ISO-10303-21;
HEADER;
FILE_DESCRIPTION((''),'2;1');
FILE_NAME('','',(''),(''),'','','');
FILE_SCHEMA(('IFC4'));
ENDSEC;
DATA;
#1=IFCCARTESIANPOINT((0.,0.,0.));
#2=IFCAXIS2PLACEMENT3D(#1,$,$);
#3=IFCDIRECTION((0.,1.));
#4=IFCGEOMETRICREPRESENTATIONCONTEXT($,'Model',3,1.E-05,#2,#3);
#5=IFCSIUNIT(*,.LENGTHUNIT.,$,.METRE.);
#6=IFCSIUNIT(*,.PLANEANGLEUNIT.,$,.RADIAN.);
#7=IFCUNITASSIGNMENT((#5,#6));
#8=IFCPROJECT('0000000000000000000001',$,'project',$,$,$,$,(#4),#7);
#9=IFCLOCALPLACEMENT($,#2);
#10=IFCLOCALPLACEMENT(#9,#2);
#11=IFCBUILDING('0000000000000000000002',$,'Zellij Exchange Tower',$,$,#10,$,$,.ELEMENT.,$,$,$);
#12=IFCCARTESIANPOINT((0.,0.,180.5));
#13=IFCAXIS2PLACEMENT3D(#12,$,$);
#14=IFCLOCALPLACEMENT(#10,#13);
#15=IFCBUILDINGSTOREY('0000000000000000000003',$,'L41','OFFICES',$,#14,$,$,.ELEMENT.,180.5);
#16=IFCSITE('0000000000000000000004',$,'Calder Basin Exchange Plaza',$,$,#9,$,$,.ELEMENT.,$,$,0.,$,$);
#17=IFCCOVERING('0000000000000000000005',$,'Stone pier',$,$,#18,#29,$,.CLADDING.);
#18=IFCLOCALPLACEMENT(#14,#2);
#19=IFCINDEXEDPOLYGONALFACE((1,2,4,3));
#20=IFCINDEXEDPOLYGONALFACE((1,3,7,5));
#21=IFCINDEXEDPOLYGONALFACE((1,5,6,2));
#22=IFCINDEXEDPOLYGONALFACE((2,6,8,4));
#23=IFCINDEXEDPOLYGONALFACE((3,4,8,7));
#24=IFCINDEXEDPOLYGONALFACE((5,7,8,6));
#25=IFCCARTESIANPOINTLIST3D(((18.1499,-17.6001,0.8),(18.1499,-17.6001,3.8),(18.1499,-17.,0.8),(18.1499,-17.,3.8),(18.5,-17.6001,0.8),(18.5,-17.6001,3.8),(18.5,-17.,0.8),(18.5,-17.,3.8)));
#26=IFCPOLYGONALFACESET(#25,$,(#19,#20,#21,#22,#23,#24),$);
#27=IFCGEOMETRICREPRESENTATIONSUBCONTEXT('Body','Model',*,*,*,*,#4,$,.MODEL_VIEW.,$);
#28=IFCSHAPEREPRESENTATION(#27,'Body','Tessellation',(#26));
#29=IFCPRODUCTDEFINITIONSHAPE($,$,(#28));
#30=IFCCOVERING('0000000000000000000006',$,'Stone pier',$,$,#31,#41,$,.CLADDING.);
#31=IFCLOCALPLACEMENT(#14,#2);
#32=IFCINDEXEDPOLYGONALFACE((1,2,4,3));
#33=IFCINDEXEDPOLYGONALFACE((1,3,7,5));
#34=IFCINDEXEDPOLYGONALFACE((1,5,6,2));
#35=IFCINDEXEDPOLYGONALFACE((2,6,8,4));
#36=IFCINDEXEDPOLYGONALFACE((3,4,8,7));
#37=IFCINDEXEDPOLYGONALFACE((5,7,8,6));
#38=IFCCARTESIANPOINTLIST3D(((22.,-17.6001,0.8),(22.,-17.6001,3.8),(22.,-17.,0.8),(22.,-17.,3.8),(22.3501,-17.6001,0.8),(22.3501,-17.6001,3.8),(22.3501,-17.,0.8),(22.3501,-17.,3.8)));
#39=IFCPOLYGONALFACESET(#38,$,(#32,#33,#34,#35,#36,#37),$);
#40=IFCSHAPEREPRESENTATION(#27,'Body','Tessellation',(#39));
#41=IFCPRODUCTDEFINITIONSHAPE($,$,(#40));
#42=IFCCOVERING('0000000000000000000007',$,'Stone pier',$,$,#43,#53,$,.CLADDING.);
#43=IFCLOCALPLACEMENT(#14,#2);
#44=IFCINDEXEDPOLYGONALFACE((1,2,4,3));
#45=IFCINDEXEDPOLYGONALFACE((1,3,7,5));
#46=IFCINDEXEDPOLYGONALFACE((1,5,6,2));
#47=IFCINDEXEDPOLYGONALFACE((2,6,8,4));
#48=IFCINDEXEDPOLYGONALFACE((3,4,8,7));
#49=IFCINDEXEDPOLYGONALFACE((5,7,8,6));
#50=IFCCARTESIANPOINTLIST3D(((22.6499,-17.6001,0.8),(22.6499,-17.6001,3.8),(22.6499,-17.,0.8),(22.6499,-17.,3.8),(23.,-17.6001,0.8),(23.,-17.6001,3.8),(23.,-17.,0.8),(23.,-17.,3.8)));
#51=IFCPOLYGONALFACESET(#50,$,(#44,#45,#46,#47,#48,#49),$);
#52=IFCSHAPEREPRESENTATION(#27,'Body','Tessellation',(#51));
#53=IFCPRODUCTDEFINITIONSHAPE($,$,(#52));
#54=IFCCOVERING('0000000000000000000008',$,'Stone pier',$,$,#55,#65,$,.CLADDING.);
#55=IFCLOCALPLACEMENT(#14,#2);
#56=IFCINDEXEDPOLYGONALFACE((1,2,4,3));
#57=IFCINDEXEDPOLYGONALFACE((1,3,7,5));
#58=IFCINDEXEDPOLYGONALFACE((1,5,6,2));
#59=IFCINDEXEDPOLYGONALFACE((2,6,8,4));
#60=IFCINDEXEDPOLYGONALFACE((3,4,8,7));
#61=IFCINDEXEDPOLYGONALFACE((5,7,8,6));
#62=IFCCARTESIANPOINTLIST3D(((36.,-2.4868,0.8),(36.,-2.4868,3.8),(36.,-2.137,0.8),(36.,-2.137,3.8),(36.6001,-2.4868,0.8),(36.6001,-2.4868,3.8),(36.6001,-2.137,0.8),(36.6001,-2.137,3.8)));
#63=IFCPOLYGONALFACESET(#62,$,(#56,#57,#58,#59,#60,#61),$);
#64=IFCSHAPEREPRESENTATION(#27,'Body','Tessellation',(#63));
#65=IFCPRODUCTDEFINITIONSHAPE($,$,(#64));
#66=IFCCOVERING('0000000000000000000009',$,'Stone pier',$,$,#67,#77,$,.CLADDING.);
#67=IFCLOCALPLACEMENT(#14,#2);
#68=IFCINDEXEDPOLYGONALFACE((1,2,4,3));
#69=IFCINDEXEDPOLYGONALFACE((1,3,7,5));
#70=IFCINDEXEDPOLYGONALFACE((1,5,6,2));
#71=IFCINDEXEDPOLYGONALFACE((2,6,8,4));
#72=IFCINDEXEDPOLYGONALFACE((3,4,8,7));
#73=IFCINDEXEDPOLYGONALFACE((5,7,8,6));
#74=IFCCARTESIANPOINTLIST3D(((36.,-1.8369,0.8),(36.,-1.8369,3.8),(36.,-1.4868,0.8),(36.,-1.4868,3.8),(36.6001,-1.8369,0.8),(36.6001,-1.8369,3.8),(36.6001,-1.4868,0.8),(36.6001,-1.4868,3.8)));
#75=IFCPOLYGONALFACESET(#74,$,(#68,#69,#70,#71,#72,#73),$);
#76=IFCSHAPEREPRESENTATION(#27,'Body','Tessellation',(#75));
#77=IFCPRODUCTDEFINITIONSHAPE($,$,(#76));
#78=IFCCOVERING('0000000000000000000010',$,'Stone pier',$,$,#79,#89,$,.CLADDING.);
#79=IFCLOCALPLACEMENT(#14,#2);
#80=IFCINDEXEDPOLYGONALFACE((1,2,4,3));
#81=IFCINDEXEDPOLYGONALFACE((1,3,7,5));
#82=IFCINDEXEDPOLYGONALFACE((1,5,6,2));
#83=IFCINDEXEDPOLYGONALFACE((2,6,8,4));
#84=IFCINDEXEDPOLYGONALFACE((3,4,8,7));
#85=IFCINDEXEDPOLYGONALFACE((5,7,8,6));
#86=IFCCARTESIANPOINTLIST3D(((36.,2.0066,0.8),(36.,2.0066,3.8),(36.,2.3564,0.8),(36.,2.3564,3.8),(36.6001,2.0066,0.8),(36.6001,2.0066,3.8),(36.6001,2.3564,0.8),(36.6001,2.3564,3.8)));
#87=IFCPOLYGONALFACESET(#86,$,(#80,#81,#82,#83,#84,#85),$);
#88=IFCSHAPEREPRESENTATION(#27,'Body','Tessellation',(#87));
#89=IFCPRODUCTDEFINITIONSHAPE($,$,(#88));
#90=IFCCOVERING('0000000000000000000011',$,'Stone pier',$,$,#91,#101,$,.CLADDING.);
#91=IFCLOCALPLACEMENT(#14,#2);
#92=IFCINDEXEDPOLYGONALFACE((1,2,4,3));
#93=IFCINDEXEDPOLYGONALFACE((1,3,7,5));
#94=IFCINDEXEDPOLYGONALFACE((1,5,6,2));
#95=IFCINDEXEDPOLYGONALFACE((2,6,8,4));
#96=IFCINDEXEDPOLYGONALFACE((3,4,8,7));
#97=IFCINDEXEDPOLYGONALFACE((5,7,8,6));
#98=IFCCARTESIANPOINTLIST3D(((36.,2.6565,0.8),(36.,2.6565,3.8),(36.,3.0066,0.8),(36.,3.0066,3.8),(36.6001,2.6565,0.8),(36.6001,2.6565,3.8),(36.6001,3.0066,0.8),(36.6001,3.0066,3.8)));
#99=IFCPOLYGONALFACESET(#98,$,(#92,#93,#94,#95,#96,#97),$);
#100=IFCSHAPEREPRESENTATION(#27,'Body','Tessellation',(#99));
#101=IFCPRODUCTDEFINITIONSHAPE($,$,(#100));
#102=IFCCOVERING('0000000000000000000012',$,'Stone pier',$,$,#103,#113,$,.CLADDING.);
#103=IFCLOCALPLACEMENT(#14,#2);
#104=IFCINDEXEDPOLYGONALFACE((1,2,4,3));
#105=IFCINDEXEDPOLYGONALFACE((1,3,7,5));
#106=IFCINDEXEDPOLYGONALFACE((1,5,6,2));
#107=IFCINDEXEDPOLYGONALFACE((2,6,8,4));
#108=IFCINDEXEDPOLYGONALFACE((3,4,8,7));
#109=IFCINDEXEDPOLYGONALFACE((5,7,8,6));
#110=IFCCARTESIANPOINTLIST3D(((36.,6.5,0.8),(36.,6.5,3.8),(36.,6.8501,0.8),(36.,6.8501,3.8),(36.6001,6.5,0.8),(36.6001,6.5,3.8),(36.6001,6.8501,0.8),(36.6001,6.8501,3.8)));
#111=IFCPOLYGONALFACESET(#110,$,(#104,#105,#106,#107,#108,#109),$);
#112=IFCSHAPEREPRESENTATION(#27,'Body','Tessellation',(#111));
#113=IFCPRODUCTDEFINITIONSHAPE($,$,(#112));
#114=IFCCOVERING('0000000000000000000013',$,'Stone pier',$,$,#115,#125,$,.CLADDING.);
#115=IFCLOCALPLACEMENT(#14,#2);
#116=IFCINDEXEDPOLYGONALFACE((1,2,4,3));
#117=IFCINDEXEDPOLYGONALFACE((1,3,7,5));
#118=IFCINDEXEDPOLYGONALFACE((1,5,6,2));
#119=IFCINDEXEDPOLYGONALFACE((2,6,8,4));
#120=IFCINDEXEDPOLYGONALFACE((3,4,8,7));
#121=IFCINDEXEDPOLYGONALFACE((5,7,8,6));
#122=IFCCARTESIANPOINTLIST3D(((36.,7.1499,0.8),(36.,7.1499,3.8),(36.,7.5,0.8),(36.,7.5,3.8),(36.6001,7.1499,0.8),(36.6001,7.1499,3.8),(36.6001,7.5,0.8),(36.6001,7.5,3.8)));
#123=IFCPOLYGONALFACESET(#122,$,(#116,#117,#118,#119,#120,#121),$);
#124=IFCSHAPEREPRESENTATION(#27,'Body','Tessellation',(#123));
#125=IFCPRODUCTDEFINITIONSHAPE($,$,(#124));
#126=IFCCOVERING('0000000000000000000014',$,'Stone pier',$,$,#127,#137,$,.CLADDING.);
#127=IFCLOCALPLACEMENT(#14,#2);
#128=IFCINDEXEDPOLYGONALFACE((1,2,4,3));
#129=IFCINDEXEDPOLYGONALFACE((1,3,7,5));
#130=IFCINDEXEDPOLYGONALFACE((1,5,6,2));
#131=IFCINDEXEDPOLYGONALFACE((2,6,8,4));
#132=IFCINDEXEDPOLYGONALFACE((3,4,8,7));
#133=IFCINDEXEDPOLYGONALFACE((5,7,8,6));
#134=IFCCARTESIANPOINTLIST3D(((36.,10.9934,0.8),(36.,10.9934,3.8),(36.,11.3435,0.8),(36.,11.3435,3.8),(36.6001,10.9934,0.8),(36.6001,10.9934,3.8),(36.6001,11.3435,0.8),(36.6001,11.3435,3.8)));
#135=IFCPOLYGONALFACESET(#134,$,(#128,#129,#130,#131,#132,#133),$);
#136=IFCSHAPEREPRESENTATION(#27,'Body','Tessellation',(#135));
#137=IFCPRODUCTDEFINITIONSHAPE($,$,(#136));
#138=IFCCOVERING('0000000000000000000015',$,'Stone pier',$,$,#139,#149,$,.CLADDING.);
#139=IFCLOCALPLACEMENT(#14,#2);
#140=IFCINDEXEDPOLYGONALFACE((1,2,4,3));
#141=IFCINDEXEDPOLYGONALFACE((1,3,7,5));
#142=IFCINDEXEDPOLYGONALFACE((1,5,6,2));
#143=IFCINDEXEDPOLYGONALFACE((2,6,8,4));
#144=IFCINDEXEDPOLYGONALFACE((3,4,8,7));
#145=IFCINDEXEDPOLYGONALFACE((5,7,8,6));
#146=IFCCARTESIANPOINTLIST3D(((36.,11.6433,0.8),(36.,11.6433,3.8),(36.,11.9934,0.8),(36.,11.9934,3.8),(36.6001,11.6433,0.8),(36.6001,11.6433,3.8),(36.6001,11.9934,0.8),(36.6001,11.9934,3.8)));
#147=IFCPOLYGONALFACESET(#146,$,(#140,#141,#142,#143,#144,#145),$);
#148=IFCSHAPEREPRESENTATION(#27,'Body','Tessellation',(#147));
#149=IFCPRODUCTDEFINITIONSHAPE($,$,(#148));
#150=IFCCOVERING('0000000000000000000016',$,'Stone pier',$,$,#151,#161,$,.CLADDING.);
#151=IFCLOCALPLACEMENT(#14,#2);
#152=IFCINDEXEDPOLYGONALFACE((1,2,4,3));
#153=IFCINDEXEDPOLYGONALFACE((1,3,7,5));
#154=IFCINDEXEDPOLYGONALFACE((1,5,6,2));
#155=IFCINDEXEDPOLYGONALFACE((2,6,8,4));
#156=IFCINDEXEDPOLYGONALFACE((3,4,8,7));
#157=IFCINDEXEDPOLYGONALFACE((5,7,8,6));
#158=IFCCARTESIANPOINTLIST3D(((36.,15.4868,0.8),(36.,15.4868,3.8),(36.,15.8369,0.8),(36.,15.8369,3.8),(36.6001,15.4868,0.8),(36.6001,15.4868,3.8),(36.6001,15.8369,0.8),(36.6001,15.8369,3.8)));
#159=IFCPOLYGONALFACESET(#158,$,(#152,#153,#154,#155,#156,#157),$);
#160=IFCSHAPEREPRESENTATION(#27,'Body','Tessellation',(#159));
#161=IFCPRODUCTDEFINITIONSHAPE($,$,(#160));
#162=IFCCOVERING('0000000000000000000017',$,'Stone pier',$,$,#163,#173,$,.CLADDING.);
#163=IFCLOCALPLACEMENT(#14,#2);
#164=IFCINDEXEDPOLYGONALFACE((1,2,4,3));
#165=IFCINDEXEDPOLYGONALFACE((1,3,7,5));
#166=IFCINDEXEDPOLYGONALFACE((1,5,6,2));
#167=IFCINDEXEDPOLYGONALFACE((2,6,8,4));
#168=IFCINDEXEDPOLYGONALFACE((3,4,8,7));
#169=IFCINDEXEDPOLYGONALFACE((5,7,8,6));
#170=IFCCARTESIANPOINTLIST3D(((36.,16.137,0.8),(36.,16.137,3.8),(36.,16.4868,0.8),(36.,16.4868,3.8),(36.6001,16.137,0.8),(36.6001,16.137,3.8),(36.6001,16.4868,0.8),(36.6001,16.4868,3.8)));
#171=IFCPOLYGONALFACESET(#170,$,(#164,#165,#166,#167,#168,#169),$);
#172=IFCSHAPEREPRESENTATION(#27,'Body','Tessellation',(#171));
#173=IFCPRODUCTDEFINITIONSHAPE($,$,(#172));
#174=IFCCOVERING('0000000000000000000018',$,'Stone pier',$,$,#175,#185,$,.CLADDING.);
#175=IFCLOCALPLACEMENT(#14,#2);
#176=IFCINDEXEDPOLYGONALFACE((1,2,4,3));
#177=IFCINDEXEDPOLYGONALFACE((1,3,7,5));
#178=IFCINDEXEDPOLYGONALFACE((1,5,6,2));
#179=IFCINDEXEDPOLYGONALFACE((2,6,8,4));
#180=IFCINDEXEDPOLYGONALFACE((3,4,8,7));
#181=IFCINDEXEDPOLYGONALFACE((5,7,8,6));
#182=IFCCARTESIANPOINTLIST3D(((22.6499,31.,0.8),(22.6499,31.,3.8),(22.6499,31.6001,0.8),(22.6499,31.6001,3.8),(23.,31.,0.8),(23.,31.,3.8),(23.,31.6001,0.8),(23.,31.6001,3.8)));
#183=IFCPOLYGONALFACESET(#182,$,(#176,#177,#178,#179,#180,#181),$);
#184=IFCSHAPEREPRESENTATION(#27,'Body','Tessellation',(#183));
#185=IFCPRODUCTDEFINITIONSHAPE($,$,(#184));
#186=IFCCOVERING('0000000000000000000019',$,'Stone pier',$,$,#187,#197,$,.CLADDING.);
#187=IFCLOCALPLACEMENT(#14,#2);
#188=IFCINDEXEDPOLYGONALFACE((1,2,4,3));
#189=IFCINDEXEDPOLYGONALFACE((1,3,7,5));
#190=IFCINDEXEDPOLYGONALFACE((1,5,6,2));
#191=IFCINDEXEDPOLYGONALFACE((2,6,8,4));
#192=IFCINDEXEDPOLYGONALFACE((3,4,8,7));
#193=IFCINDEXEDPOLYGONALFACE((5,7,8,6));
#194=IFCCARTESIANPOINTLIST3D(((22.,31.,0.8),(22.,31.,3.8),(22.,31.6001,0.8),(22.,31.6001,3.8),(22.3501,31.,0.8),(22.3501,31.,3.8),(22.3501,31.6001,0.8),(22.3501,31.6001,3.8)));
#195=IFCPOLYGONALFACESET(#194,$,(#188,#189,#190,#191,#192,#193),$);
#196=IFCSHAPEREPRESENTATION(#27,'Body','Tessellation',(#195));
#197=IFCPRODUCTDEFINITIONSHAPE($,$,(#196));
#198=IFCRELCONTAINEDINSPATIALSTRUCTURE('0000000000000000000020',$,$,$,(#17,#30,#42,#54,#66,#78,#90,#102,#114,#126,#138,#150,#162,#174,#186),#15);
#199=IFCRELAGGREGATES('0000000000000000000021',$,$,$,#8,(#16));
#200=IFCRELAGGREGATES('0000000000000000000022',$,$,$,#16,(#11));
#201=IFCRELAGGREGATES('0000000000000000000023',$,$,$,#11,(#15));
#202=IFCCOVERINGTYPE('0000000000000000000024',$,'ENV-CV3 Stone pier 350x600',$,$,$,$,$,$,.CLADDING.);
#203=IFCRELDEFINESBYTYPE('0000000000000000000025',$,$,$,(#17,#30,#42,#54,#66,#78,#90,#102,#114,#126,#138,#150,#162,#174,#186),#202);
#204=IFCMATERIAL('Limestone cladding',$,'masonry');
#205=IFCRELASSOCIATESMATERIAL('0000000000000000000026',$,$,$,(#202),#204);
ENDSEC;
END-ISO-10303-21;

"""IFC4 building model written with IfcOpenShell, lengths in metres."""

from ifc_helpers import new_model, si_unit, direction, frame, origin, place, context, subcontext, project, spatial, polyline, outline, extrude, material, type_object, element, save


model = new_model("IFC4")

# Units and contexts
model_context = context("Model", 3, precision=1e-05, world=origin(), true_north=direction((0.0, 1.0)))
body_context = subcontext(model_context, "Body", "Model", "MODEL_VIEW")
ifc_project = project(units=[si_unit("LENGTHUNIT", "METRE"), si_unit("PLANEANGLEUNIT", "RADIAN")], contexts=[model_context])

# Site, building, storey
site_placement = place(None, origin())
site = spatial("IfcSite", under=ifc_project, at=site_placement, Name="Calder Basin Exchange Plaza", CompositionType="ELEMENT", RefElevation=0.0)
building_placement = place(site_placement, origin())
building = spatial("IfcBuilding", under=site, at=building_placement, Name="Zellij Exchange Tower", CompositionType="ELEMENT")
storey_placement = place(building_placement, frame((0.0, 0.0, 180.5)))
storey = spatial("IfcBuildingStorey", under=building, at=storey_placement, Name="L41", Description="OFFICES", CompositionType="ELEMENT", Elevation=180.5)

# Coverings
ifc_material = material(Name="Limestone cladding", Category="masonry")
covering_type = type_object("IfcCoveringType", Name="ENV-CV3 Stone pier 350x600", PredefinedType="CLADDING", material=ifc_material)
covering_1_placement = place(storey_placement, frame((0.0, 0.0, 0.8)))
element("IfcCovering", 1, at=covering_1_placement, inside=storey, type_object=covering_type, Name="Stone pier", PredefinedType="CLADDING", context=body_context, shape_type="SweptSolid", body=[
    extrude(outline(polyline([(18.1499, -17.0), (18.5, -17.0), (18.5, -17.6001), (18.1499, -17.6001), (18.1499, -17.0)])), origin(), (0.0, 0.0, 1.0), 3.0),
])
covering_2_placement = place(storey_placement, frame((0.0, 0.0, 0.8)))
element("IfcCovering", 2, at=covering_2_placement, inside=storey, type_object=covering_type, Name="Stone pier", PredefinedType="CLADDING", context=body_context, shape_type="SweptSolid", body=[
    extrude(outline(polyline([(22.0, -17.0), (22.3501, -17.0), (22.3501, -17.6001), (22.0, -17.6001), (22.0, -17.0)])), origin(), (0.0, 0.0, 1.0), 3.0),
])
covering_3_placement = place(storey_placement, frame((0.0, 0.0, 0.8)))
element("IfcCovering", 3, at=covering_3_placement, inside=storey, type_object=covering_type, Name="Stone pier", PredefinedType="CLADDING", context=body_context, shape_type="SweptSolid", body=[
    extrude(outline(polyline([(22.6499, -17.0), (23.0, -17.0), (23.0, -17.6001), (22.6499, -17.6001), (22.6499, -17.0)])), origin(), (0.0, 0.0, 1.0), 3.0),
])
covering_4_placement = place(storey_placement, frame((0.0, 0.0, 0.8)))
element("IfcCovering", 4, at=covering_4_placement, inside=storey, type_object=covering_type, Name="Stone pier", PredefinedType="CLADDING", context=body_context, shape_type="SweptSolid", body=[
    extrude(outline(polyline([(36.0, -2.4868), (36.0, -2.137), (36.6001, -2.137), (36.6001, -2.4868), (36.0, -2.4868)])), origin(), (0.0, 0.0, 1.0), 3.0),
])
covering_5_placement = place(storey_placement, frame((0.0, 0.0, 0.8)))
element("IfcCovering", 5, at=covering_5_placement, inside=storey, type_object=covering_type, Name="Stone pier", PredefinedType="CLADDING", context=body_context, shape_type="SweptSolid", body=[
    extrude(outline(polyline([(36.0, -1.8369), (36.0, -1.4868), (36.6001, -1.4868), (36.6001, -1.8369), (36.0, -1.8369)])), origin(), (0.0, 0.0, 1.0), 3.0),
])
covering_6_placement = place(storey_placement, frame((0.0, 0.0, 0.8)))
element("IfcCovering", 6, at=covering_6_placement, inside=storey, type_object=covering_type, Name="Stone pier", PredefinedType="CLADDING", context=body_context, shape_type="SweptSolid", body=[
    extrude(outline(polyline([(36.0, 2.0066), (36.0, 2.3564), (36.6001, 2.3564), (36.6001, 2.0066), (36.0, 2.0066)])), origin(), (0.0, 0.0, 1.0), 3.0),
])
covering_7_placement = place(storey_placement, frame((0.0, 0.0, 0.8)))
element("IfcCovering", 7, at=covering_7_placement, inside=storey, type_object=covering_type, Name="Stone pier", PredefinedType="CLADDING", context=body_context, shape_type="SweptSolid", body=[
    extrude(outline(polyline([(36.0, 2.6565), (36.0, 3.0066), (36.6001, 3.0066), (36.6001, 2.6565), (36.0, 2.6565)])), origin(), (0.0, 0.0, 1.0), 3.0),
])
covering_8_placement = place(storey_placement, frame((0.0, 0.0, 0.8)))
element("IfcCovering", 8, at=covering_8_placement, inside=storey, type_object=covering_type, Name="Stone pier", PredefinedType="CLADDING", context=body_context, shape_type="SweptSolid", body=[
    extrude(outline(polyline([(36.0, 6.5), (36.0, 6.8501), (36.6001, 6.8501), (36.6001, 6.5), (36.0, 6.5)])), origin(), (0.0, 0.0, 1.0), 3.0),
])
covering_9_placement = place(storey_placement, frame((0.0, 0.0, 0.8)))
element("IfcCovering", 9, at=covering_9_placement, inside=storey, type_object=covering_type, Name="Stone pier", PredefinedType="CLADDING", context=body_context, shape_type="SweptSolid", body=[
    extrude(outline(polyline([(36.0, 7.1499), (36.0, 7.5), (36.6001, 7.5), (36.6001, 7.1499), (36.0, 7.1499)])), origin(), (0.0, 0.0, 1.0), 3.0),
])
covering_10_placement = place(storey_placement, frame((0.0, 0.0, 0.8)))
element("IfcCovering", 10, at=covering_10_placement, inside=storey, type_object=covering_type, Name="Stone pier", PredefinedType="CLADDING", context=body_context, shape_type="SweptSolid", body=[
    extrude(outline(polyline([(36.0, 10.9934), (36.0, 11.3435), (36.6001, 11.3435), (36.6001, 10.9934), (36.0, 10.9934)])), origin(), (0.0, 0.0, 1.0), 3.0),
])
covering_11_placement = place(storey_placement, frame((0.0, 0.0, 0.8)))
element("IfcCovering", 11, at=covering_11_placement, inside=storey, type_object=covering_type, Name="Stone pier", PredefinedType="CLADDING", context=body_context, shape_type="SweptSolid", body=[
    extrude(outline(polyline([(36.0, 11.6433), (36.0, 11.9934), (36.6001, 11.9934), (36.6001, 11.6433), (36.0, 11.6433)])), origin(), (0.0, 0.0, 1.0), 3.0),
])
covering_12_placement = place(storey_placement, frame((0.0, 0.0, 0.8)))
element("IfcCovering", 12, at=covering_12_placement, inside=storey, type_object=covering_type, Name="Stone pier", PredefinedType="CLADDING", context=body_context, shape_type="SweptSolid", body=[
    extrude(outline(polyline([(36.0, 15.4868), (36.0, 15.8369), (36.6001, 15.8369), (36.6001, 15.4868), (36.0, 15.4868)])), origin(), (0.0, 0.0, 1.0), 3.0),
])
covering_13_placement = place(storey_placement, frame((0.0, 0.0, 0.8)))
element("IfcCovering", 13, at=covering_13_placement, inside=storey, type_object=covering_type, Name="Stone pier", PredefinedType="CLADDING", context=body_context, shape_type="SweptSolid", body=[
    extrude(outline(polyline([(36.0, 16.137), (36.0, 16.4868), (36.6001, 16.4868), (36.6001, 16.137), (36.0, 16.137)])), origin(), (0.0, 0.0, 1.0), 3.0),
])
covering_14_placement = place(storey_placement, frame((0.0, 0.0, 0.8)))
element("IfcCovering", 14, at=covering_14_placement, inside=storey, type_object=covering_type, Name="Stone pier", PredefinedType="CLADDING", context=body_context, shape_type="SweptSolid", body=[
    extrude(outline(polyline([(23.0, 31.0), (22.6499, 31.0), (22.6499, 31.6001), (23.0, 31.6001), (23.0, 31.0)])), origin(), (0.0, 0.0, 1.0), 3.0),
])
covering_15_placement = place(storey_placement, frame((0.0, 0.0, 0.8)))
element("IfcCovering", 15, at=covering_15_placement, inside=storey, type_object=covering_type, Name="Stone pier", PredefinedType="CLADDING", context=body_context, shape_type="SweptSolid", body=[
    extrude(outline(polyline([(22.3501, 31.0), (22.0, 31.0), (22.0, 31.6001), (22.3501, 31.6001), (22.3501, 31.0)])), origin(), (0.0, 0.0, 1.0), 3.0),
])

save(model, "model.ifc")
